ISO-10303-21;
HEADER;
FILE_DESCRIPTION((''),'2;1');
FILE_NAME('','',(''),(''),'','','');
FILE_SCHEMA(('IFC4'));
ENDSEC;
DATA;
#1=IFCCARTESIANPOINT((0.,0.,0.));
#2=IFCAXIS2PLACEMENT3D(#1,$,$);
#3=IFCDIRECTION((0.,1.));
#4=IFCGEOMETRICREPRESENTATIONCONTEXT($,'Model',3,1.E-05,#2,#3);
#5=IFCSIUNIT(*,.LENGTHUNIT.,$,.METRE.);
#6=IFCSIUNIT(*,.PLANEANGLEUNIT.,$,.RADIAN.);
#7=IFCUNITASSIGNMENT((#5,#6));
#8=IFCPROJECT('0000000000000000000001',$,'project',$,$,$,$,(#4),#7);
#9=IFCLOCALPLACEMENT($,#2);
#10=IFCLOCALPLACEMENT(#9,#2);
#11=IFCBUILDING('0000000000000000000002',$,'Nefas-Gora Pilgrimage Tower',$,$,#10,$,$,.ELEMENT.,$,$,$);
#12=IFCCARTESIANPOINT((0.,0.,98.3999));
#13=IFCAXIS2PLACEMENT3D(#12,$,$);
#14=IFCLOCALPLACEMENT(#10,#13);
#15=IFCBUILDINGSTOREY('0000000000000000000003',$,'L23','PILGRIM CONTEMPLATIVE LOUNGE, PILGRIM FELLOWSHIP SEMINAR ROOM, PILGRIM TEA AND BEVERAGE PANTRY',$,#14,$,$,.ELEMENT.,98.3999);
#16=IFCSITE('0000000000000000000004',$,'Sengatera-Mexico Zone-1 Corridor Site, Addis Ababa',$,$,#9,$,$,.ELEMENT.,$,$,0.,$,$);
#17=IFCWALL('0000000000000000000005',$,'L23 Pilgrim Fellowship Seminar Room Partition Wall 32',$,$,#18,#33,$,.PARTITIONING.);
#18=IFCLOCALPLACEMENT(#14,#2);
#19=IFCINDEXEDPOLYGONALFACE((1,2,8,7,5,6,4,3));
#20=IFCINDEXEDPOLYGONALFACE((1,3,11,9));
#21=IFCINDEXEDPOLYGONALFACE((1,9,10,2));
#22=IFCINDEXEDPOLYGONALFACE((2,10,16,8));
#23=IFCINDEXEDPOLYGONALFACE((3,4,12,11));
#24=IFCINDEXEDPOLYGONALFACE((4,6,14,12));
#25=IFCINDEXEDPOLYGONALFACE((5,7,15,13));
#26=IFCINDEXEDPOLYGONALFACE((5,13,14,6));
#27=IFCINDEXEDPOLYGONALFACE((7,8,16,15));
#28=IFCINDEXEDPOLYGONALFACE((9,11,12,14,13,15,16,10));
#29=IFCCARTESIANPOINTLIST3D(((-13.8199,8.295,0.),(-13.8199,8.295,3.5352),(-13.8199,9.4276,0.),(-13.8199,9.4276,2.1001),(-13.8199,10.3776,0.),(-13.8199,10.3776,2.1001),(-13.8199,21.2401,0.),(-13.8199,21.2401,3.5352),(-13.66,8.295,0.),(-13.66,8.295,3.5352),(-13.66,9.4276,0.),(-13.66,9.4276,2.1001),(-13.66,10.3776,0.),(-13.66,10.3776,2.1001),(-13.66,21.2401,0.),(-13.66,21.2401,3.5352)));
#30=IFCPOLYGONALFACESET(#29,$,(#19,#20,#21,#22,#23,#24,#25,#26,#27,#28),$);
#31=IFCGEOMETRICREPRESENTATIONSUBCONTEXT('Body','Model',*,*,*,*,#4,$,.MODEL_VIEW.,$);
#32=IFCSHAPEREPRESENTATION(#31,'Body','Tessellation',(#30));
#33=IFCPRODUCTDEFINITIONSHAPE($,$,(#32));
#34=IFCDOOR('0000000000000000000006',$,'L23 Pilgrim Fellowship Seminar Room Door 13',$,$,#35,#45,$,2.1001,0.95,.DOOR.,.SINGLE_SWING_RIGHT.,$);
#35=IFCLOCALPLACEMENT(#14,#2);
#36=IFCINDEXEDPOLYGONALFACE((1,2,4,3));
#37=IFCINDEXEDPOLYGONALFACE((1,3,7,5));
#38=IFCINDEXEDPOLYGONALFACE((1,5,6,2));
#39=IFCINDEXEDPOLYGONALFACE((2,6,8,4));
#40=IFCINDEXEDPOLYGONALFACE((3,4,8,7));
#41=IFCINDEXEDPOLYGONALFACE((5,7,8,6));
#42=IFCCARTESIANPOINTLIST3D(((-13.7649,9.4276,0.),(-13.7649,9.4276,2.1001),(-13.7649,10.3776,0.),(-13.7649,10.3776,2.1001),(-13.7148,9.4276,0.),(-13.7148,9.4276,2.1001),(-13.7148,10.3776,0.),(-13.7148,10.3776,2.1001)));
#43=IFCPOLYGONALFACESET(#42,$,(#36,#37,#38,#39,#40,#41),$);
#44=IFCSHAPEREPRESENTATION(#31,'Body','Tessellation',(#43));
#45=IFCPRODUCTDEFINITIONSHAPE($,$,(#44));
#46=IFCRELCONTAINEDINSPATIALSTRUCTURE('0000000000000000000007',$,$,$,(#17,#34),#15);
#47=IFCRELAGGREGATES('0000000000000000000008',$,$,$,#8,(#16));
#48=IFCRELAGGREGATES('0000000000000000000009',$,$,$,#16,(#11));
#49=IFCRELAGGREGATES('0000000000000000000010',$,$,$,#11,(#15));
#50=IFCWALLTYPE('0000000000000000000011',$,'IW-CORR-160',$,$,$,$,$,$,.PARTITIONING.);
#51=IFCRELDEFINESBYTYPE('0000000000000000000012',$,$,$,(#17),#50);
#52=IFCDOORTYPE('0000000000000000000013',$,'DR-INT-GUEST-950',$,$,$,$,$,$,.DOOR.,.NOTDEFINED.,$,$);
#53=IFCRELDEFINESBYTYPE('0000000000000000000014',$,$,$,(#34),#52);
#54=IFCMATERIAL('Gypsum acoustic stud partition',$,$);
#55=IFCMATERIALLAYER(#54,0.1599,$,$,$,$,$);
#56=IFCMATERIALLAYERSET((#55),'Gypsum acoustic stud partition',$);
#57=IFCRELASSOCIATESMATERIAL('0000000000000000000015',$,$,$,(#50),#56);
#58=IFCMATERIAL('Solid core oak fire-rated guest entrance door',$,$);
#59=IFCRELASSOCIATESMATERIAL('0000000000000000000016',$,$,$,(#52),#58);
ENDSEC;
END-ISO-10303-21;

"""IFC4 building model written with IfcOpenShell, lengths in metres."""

from ifc_helpers import new_model, si_unit, direction, frame, frame_2d, origin, place, context, subcontext, project, spatial, rectangle, extrude, source, transform, mapped, material, layer, layer_set, type_object, element, fill, save


model = new_model("IFC4")

# Units and contexts
model_context = context("Model", 3, precision=1e-05, world=origin(), true_north=direction((0.0, 1.0)))
body_context = subcontext(model_context, "Body", "Model", "MODEL_VIEW")
ifc_project = project(units=[si_unit("LENGTHUNIT", "METRE"), si_unit("PLANEANGLEUNIT", "RADIAN")], contexts=[model_context])

# Site, building, storey
site_placement = place(None, origin())
site = spatial("IfcSite", under=ifc_project, at=site_placement, Name="Sengatera-Mexico Zone-1 Corridor Site, Addis Ababa", CompositionType="ELEMENT", RefElevation=0.0)
building_placement = place(site_placement, origin())
building = spatial("IfcBuilding", under=site, at=building_placement, Name="Nefas-Gora Pilgrimage Tower", CompositionType="ELEMENT")
storey_placement = place(building_placement, frame((0.0, 0.0, 98.3999)))
storey = spatial("IfcBuildingStorey", under=building, at=storey_placement, Name="L23", Description="PILGRIM CONTEMPLATIVE LOUNGE, PILGRIM FELLOWSHIP SEMINAR ROOM, PILGRIM TEA AND BEVERAGE PANTRY", CompositionType="ELEMENT", Elevation=98.3999)

# Shared definitions
ifc_material_1 = material(Name="Gypsum acoustic stud partition")
ifc_layer_1 = layer(ifc_material_1, 0.1599)
ifc_layer_set_1 = layer_set([ifc_layer_1], Name="Gypsum acoustic stud partition")
wall_type_1 = type_object("IfcWallType", Name="IW-CORR-160", PredefinedType="PARTITIONING", material=ifc_layer_set_1)
ifc_material_2 = material(Name="Solid core oak fire-rated guest entrance door")
door_type = type_object("IfcDoorType", Name="DR-INT-GUEST-950", OperationType="NOTDEFINED", PredefinedType="DOOR", material=ifc_material_2)
shared_shape_1 = source(origin(), body_context, "Body", "SweptSolid", [
    extrude(rectangle(XDim=0.95, YDim=2.1001, at=frame_2d((0.4751, 1.05))), frame((0.0, 0.0249, 0.0), z_axis=(0.0, -1.0, 0.0), x_axis=(1.0, 0.0, 0.0)), (0.0, 0.0, 1.0), 0.05),
])

# Wall, opening, door
shared_shape_2 = source(origin(), body_context, "Body", "SweptSolid", [
    extrude(rectangle(XDim=12.9451, YDim=0.1599, at=frame_2d((6.4727, 0.0))), origin(), (0.0, 0.0, 1.0), 3.5352),
])
wall_1_placement = place(storey_placement, frame((-13.74, 8.2949, 0.0), z_axis=(0.0, 0.0, 1.0), x_axis=(0.0, 1.0, 0.0)))
wall_1 = element("IfcWall", 1, at=wall_1_placement, inside=storey, type_object=wall_type_1, Name="L23 Pilgrim Fellowship Seminar Room Partition Wall 32", PredefinedType="PARTITIONING", context=body_context, shape_type="MappedRepresentation", body=[
    mapped(shared_shape_2, transform((0.0, 0.0, 0.0), x_axis=(1.0, 0.0, 0.0), y_axis=(0.0, 1.0, 0.0), z_axis=(0.0, 0.0, 1.0), scale=1.0)),
])
opening_1_placement = place(wall_1_placement, frame((1.1326, 0.0, 0.0)))
opening_1 = element("IfcOpeningElement", 2, at=opening_1_placement, cuts=wall_1, PredefinedType="OPENING", context=body_context, shape_type="SweptSolid", body=[
    extrude(rectangle(XDim=0.95, YDim=2.1001, at=frame_2d((0.4751, 1.05))), frame((0.0, 0.0898, 0.0), z_axis=(0.0, -1.0, 0.0), x_axis=(1.0, 0.0, 0.0)), (0.0, 0.0, 1.0), 0.1799),
])
door_1_placement = place(opening_1_placement, origin())
door_1 = element("IfcDoor", 3, at=door_1_placement, inside=storey, type_object=door_type, Name="L23 Pilgrim Fellowship Seminar Room Door 13", OperationType="SINGLE_SWING_RIGHT", OverallHeight=2.1001, OverallWidth=0.95, PredefinedType="DOOR", context=body_context, shape_type="MappedRepresentation", body=[
    mapped(shared_shape_1, transform((0.0, 0.0, 0.0), x_axis=(1.0, 0.0, 0.0), y_axis=(0.0, 1.0, 0.0), z_axis=(0.0, 0.0, 1.0), scale=1.0)),
])
fill(opening_1, door_1)

save(model, "model.ifc")
